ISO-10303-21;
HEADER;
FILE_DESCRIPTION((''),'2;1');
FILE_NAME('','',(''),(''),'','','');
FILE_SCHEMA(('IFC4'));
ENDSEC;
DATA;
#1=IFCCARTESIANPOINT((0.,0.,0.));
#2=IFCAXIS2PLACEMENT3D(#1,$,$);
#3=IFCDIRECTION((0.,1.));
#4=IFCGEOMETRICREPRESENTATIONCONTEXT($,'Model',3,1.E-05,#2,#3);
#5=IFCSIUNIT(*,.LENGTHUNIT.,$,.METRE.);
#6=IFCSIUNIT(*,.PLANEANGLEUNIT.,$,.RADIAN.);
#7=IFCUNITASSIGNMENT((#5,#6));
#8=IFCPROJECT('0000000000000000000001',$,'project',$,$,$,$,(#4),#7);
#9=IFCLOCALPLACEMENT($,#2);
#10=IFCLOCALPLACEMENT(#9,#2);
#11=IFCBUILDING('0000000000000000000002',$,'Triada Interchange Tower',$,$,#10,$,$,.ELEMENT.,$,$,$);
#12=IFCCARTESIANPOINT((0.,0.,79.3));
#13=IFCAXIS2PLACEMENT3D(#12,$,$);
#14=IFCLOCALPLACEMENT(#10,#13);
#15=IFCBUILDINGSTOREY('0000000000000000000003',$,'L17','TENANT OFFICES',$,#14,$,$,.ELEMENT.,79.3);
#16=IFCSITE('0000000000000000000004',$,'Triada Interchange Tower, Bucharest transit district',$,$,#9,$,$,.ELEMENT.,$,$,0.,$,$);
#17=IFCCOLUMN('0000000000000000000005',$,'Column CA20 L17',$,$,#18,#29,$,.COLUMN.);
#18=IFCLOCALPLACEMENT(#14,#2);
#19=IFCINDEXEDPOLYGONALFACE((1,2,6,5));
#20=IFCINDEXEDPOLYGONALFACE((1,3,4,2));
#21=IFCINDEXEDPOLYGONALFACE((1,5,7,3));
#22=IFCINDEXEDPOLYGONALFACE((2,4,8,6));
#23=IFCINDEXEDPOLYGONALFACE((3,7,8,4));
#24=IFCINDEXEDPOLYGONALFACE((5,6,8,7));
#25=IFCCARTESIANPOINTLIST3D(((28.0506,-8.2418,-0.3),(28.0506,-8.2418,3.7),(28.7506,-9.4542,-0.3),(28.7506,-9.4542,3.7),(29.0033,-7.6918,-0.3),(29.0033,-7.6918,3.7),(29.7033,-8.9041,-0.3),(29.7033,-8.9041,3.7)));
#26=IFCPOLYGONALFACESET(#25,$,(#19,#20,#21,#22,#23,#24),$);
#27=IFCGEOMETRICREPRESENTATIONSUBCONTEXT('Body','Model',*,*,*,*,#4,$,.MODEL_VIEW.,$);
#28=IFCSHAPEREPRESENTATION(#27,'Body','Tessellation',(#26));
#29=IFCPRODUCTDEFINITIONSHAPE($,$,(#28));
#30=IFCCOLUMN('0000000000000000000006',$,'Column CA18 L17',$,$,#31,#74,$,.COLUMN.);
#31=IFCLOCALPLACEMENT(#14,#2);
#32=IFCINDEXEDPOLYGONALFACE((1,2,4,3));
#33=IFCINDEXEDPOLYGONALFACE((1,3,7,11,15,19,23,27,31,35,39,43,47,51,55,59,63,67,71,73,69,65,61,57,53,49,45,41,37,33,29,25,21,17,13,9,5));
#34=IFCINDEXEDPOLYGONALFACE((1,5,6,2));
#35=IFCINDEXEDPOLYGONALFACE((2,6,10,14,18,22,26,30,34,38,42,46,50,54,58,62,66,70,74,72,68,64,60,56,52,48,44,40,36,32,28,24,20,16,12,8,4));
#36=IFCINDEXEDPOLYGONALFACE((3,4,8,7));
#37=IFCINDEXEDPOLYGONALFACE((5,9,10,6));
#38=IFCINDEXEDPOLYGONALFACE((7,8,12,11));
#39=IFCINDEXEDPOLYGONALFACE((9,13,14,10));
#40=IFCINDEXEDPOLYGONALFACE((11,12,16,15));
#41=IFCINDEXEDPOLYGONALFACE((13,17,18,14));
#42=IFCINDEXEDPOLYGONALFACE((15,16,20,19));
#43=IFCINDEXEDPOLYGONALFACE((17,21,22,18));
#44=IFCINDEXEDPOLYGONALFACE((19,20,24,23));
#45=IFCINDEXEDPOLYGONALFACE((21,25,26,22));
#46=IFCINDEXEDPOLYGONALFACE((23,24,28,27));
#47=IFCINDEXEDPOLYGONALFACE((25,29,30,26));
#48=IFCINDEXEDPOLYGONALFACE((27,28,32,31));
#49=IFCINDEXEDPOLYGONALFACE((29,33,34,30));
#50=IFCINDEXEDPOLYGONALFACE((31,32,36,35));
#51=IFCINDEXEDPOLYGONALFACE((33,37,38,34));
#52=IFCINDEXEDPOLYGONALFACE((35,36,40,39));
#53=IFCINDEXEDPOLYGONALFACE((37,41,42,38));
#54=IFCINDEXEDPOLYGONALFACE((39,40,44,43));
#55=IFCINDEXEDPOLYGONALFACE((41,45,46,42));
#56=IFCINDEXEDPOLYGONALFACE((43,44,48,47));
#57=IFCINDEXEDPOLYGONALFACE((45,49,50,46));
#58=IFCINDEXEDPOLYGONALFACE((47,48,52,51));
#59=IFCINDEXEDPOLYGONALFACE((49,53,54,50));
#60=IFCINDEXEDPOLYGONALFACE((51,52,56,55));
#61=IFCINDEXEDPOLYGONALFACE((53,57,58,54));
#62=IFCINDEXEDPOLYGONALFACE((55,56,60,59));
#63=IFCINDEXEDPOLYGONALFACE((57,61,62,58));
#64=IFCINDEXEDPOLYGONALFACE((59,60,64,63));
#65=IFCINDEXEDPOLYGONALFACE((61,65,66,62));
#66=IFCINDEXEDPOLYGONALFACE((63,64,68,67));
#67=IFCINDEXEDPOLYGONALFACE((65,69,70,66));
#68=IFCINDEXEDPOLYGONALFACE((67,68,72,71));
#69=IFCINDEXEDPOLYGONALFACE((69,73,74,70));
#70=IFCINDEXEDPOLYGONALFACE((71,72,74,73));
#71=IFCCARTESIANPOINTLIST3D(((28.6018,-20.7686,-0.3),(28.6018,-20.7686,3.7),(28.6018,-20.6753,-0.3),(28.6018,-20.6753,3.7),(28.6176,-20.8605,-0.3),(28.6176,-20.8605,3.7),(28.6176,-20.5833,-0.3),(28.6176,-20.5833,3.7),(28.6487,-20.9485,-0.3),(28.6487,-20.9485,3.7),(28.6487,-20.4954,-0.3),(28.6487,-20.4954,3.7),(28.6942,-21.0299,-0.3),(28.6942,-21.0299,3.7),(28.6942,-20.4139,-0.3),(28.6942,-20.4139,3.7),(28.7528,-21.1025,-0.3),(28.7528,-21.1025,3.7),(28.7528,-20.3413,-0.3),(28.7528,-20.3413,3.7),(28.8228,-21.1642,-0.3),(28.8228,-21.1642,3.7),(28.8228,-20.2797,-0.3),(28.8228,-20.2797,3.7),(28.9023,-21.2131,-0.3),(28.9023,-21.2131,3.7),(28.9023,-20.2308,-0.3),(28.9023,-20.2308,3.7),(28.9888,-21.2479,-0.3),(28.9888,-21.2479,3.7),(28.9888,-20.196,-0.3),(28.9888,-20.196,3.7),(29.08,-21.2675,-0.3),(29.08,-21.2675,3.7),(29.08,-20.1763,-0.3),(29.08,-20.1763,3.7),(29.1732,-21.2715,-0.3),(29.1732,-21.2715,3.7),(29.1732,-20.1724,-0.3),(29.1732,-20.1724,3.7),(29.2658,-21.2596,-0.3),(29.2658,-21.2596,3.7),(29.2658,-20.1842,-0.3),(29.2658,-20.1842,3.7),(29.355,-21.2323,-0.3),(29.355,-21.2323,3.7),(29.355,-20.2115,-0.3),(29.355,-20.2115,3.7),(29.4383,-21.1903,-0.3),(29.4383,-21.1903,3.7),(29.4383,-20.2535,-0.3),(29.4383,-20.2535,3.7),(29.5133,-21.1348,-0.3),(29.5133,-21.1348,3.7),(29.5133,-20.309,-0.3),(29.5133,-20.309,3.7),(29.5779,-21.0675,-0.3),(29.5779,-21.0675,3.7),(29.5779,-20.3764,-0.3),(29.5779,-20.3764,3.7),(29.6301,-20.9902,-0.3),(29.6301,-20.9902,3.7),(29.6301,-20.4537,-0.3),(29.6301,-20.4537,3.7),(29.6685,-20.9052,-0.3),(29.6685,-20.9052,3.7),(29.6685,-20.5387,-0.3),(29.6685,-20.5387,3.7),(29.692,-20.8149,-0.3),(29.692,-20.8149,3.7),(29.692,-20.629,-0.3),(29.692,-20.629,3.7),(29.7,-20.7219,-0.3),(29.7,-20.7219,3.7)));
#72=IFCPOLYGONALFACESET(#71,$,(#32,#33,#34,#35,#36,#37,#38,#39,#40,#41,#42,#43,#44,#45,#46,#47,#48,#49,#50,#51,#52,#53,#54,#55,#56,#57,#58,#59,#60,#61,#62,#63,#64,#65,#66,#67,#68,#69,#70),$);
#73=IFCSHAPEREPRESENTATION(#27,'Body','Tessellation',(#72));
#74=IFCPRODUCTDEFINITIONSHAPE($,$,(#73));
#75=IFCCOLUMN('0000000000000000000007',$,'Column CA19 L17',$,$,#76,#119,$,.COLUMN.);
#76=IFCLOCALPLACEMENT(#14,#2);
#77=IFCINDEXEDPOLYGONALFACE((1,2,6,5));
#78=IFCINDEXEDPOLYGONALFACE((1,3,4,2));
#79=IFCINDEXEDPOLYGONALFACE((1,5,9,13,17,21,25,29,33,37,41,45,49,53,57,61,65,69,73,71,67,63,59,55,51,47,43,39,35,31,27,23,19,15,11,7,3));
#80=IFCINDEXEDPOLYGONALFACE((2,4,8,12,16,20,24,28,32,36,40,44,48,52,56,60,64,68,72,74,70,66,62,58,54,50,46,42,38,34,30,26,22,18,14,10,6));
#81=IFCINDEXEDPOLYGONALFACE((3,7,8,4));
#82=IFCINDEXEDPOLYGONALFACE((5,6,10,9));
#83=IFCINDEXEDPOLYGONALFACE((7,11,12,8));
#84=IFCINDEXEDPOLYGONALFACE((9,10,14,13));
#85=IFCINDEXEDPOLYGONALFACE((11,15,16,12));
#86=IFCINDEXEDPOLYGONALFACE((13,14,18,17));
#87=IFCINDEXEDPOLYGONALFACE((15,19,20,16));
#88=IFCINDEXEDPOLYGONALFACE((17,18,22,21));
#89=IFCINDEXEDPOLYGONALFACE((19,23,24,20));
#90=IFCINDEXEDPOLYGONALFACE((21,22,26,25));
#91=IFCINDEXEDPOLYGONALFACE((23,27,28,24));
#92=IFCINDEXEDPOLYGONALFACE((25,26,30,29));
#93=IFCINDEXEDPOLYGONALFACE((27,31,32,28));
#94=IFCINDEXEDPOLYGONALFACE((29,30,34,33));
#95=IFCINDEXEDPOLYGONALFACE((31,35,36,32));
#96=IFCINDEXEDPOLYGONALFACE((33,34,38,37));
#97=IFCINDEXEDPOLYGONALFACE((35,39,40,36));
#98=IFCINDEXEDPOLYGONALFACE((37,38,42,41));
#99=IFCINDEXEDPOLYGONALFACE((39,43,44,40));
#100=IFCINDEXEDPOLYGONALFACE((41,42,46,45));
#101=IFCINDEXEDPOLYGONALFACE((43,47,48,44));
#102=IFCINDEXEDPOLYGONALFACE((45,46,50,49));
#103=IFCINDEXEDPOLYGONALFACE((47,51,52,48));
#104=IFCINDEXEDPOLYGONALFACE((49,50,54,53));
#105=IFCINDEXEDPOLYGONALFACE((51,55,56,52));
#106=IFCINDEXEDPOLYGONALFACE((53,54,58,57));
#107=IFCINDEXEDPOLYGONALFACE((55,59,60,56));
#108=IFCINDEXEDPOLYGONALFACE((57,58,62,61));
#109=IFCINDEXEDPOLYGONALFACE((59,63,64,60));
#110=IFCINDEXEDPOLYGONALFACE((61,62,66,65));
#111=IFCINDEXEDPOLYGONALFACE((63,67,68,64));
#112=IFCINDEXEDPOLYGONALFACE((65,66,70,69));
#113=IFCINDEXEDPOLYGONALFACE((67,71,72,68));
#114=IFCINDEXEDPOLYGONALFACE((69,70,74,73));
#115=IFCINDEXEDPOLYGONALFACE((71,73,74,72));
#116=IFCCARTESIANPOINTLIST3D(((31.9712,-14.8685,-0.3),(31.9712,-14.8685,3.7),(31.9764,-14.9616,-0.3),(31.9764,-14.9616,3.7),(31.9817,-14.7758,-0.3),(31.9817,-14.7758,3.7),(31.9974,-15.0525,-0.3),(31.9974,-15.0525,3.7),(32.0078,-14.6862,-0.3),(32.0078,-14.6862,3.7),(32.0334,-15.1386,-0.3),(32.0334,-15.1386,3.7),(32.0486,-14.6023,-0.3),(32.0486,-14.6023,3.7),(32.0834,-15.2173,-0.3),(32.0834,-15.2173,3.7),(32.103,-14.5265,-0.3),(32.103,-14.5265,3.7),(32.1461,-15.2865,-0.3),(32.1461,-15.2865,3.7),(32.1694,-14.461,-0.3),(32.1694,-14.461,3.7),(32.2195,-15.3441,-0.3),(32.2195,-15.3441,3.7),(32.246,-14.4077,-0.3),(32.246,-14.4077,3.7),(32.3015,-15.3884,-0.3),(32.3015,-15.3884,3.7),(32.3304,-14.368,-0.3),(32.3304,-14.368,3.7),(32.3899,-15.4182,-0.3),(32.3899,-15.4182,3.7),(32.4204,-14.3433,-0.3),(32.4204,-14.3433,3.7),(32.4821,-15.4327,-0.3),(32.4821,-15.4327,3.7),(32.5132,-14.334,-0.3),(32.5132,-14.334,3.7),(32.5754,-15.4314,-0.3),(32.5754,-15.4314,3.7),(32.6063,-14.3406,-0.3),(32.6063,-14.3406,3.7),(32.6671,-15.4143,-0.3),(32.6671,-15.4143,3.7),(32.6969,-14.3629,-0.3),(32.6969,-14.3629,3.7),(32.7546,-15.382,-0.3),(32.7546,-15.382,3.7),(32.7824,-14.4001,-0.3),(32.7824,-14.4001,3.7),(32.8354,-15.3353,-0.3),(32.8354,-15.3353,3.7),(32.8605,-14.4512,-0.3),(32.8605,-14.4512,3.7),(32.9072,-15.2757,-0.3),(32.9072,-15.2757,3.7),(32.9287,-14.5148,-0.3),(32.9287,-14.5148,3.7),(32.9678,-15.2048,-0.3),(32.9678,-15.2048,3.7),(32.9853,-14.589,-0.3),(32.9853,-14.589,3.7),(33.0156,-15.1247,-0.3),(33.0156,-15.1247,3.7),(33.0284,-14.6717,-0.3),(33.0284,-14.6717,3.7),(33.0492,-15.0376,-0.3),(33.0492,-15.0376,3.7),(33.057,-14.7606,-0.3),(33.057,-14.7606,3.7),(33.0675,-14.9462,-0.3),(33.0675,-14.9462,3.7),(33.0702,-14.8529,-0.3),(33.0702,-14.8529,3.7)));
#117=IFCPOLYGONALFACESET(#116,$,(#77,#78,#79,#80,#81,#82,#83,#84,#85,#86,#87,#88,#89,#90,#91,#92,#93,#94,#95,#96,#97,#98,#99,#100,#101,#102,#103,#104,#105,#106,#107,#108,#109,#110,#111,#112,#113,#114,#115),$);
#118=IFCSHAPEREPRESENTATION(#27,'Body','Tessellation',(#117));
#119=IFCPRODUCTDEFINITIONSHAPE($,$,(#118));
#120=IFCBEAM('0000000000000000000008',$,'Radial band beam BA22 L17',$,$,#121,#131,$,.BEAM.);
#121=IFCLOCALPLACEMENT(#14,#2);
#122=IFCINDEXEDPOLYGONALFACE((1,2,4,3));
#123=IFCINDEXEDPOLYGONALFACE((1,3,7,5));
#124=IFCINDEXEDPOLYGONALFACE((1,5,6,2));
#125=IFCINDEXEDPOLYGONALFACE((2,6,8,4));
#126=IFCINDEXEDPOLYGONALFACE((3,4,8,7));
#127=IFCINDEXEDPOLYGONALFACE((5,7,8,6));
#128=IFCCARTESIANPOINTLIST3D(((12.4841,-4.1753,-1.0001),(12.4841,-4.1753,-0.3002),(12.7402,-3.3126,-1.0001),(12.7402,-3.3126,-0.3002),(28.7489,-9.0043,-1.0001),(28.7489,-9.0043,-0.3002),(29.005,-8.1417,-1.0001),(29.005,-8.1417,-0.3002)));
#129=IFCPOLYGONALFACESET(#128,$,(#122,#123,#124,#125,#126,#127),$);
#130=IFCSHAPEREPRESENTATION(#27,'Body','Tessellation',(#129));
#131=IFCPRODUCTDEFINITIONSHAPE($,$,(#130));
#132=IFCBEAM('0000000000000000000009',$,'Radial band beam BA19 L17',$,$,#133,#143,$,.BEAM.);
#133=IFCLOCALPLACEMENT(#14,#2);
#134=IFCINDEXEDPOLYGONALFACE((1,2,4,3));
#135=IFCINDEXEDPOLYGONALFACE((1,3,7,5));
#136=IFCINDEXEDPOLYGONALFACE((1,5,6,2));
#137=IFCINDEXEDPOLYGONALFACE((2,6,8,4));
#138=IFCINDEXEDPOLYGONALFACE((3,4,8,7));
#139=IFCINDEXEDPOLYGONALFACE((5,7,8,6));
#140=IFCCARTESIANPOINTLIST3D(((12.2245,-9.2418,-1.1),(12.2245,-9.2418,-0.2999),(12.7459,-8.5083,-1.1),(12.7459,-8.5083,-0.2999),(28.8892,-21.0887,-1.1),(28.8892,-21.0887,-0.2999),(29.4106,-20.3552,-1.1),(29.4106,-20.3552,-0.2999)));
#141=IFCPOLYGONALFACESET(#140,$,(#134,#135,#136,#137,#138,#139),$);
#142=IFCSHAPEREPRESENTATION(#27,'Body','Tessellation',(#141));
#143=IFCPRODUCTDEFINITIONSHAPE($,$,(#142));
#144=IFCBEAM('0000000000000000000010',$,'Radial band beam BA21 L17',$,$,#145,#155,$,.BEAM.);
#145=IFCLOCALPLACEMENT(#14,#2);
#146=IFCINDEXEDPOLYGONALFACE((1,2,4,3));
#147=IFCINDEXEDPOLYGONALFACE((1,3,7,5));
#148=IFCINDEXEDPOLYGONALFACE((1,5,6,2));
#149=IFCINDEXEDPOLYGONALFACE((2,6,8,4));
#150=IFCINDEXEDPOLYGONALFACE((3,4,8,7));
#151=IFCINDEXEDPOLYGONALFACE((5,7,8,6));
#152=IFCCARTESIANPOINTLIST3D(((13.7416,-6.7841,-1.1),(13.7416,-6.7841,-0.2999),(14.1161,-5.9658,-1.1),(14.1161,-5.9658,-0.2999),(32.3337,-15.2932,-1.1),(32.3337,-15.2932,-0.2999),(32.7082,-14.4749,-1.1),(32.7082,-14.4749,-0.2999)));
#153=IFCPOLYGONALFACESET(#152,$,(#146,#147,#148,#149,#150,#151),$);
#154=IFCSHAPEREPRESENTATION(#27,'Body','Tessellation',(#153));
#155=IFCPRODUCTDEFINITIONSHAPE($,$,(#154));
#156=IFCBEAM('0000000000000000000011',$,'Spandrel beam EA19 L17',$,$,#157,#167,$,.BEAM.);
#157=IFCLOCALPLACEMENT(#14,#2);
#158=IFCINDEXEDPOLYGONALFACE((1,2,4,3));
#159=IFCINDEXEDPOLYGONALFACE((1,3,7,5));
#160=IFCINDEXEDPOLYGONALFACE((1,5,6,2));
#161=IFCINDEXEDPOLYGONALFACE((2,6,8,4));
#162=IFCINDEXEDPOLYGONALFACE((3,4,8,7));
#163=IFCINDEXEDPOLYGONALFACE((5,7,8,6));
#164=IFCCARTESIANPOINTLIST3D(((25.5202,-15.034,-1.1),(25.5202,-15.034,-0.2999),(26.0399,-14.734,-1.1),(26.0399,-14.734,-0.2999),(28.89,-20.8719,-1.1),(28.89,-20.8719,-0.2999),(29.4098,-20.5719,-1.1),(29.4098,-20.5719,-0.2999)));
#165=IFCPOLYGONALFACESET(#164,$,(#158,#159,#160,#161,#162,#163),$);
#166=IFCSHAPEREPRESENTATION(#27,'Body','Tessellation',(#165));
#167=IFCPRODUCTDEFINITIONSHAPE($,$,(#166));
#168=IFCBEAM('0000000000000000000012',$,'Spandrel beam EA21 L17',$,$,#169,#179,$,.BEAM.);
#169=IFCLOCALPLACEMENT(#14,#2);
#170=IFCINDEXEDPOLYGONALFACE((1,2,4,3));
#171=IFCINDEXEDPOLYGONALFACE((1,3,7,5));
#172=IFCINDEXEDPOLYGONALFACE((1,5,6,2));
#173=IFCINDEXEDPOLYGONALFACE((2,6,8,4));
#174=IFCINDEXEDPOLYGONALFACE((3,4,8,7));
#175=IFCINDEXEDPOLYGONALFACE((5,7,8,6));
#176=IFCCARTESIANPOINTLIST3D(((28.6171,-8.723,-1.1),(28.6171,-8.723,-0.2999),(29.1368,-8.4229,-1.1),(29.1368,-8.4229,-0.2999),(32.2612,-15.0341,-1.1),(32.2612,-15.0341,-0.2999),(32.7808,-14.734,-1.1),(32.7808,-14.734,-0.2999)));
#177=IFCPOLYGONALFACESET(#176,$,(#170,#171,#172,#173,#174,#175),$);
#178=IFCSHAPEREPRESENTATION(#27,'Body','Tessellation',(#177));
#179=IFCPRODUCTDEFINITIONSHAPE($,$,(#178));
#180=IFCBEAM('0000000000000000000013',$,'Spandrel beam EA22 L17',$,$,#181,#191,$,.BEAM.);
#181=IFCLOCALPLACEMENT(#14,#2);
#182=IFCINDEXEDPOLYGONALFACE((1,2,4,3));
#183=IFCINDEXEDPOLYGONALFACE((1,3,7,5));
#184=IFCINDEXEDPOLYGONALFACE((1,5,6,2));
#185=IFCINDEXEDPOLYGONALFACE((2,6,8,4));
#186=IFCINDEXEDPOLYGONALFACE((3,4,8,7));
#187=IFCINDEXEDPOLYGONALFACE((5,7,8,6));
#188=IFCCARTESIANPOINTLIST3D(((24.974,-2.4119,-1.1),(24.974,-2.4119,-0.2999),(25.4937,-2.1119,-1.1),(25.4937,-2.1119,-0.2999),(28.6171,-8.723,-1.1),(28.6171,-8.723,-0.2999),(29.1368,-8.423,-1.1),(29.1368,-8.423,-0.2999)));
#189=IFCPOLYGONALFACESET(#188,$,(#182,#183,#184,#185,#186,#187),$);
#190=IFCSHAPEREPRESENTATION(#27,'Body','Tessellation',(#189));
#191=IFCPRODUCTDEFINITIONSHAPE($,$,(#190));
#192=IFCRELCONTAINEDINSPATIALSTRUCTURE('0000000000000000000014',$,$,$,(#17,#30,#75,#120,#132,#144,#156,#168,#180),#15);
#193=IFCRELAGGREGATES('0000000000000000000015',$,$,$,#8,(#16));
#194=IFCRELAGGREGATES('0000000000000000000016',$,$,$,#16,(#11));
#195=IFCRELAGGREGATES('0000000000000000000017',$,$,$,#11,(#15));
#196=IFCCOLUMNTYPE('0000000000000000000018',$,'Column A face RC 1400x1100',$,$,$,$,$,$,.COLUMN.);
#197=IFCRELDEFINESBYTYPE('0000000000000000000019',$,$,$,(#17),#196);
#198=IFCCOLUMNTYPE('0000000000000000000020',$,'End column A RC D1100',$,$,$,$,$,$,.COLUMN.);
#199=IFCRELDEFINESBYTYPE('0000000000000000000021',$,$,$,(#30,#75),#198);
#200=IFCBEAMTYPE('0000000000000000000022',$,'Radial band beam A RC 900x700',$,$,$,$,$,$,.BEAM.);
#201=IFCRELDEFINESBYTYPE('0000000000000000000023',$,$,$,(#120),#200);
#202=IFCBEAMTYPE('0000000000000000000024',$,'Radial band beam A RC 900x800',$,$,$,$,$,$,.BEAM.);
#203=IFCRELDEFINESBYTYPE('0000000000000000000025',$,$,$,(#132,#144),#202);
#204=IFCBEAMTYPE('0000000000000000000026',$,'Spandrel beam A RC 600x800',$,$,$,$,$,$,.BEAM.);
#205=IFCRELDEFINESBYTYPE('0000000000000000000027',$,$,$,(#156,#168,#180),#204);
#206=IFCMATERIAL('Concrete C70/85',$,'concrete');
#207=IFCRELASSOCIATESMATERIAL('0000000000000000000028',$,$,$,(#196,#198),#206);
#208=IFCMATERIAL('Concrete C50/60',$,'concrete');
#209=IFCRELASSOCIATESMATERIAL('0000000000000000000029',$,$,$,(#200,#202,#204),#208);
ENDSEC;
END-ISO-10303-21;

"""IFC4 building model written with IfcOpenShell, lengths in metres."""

from ifc_helpers import new_model, si_unit, direction, frame, origin, origin_2d, place, context, subcontext, project, spatial, rectangle, circle, extrude, material, material_profile, profile_set, type_object, element, save


model = new_model("IFC4")

# Units and contexts
model_context = context("Model", 3, precision=1e-05, world=origin(), true_north=direction((0.0, 1.0)))
body_context = subcontext(model_context, "Body", "Model", "MODEL_VIEW")
ifc_project = project(units=[si_unit("LENGTHUNIT", "METRE"), si_unit("PLANEANGLEUNIT", "RADIAN")], contexts=[model_context])

# Site, building, storey
site_placement = place(None, origin())
site = spatial("IfcSite", under=ifc_project, at=site_placement, Name="Triada Interchange Tower, Bucharest transit district", CompositionType="ELEMENT", RefElevation=0.0)
building_placement = place(site_placement, origin())
building = spatial("IfcBuilding", under=site, at=building_placement, Name="Triada Interchange Tower", CompositionType="ELEMENT")
storey_placement = place(building_placement, frame((0.0, 0.0, 79.3)))
storey = spatial("IfcBuildingStorey", under=building, at=storey_placement, Name="L17", Description="TENANT OFFICES", CompositionType="ELEMENT", Elevation=79.3)

# Columns
ifc_material_1 = material(Name="Concrete C70/85", Category="concrete")
ifc_material_profile_1 = material_profile(ifc_material_1, rectangle(XDim=1.3999, YDim=1.1001, at=origin_2d()), Name="RC 1400x1100")
ifc_profile_set_1 = profile_set([ifc_material_profile_1], Name="Concrete C70/85")
column_type_1 = type_object("IfcColumnType", Name="Column A face RC 1400x1100", PredefinedType="COLUMN", material=ifc_profile_set_1)
column_placement = place(storey_placement, frame((28.877, -8.573, -0.3), z_axis=(0.0, 0.0, 1.0), x_axis=(-0.5, 0.866025, 0.0)))
element("IfcColumn", 1, at=column_placement, inside=storey, type_object=column_type_1, Name="Column CA20 L17", PredefinedType="COLUMN", context=body_context, shape_type="SweptSolid", body=[
    extrude(rectangle(XDim=1.3999, YDim=1.1001, at=origin_2d()), origin(), (0.0, 0.0, 1.0), 4.0),
])
ifc_material_profile_2 = material_profile(ifc_material_1, circle(Radius=0.55, at=origin_2d()), Name="RC D1100")
ifc_profile_set_2 = profile_set([ifc_material_profile_2], Name="Concrete C70/85")
column_type_2 = type_object("IfcColumnType", Name="End column A RC D1100", PredefinedType="COLUMN", material=ifc_profile_set_2)
for number, where, z_axis, x_axis, name in (
    (2, (29.1499, -20.7219, -0.3), (0.0, 0.0, 1.0), (1.0, 0.0, 0.0), "Column CA18 L17"),
    (3, (32.521, -14.884, -0.3), (0.0, 0.0, 1.0), (-0.5, 0.866025, 0.0), "Column CA19 L17"),
):
    element("IfcColumn", number, at=place(storey_placement, frame(where, z_axis=z_axis, x_axis=x_axis)), inside=storey, type_object=column_type_2, Name=name, PredefinedType="COLUMN", context=body_context, shape_type="SweptSolid", body=[
        extrude(circle(Radius=0.55, at=origin_2d()), origin(), (0.0, 0.0, 1.0), 4.0),
    ])

# Beams
ifc_material_2 = material(Name="Concrete C50/60", Category="concrete")
ifc_material_profile_3 = material_profile(ifc_material_2, rectangle(XDim=0.8999, YDim=0.7, at=origin_2d()), Name="RC 900x700")
ifc_profile_set_3 = profile_set([ifc_material_profile_3], Name="Concrete C50/60")
beam_type_1 = type_object("IfcBeamType", Name="Radial band beam A RC 900x700", PredefinedType="BEAM", material=ifc_profile_set_3)
beam_1_placement = place(storey_placement, frame((28.877, -8.573, -0.6501), z_axis=(-0.958639, 0.284623, 0.0), x_axis=(-0.284623, -0.958639, 0.0)))
element("IfcBeam", 4, at=beam_1_placement, inside=storey, type_object=beam_type_1, Name="Radial band beam BA22 L17", PredefinedType="BEAM", context=body_context, shape_type="SweptSolid", body=[
    extrude(rectangle(XDim=0.8999, YDim=0.7, at=origin_2d()), origin(), (0.0, 0.0, 1.0), 16.9666),
])
ifc_material_profile_4 = material_profile(ifc_material_2, rectangle(XDim=0.8999, YDim=0.8, at=origin_2d()), Name="RC 900x800")
ifc_profile_set_4 = profile_set([ifc_material_profile_4], Name="Concrete C50/60")
beam_type_2 = type_object("IfcBeamType", Name="Radial band beam A RC 900x800", PredefinedType="BEAM", material=ifc_profile_set_4)
beam_2_placement = place(storey_placement, frame((29.1499, -20.7219, -0.7), z_axis=(-0.815038, 0.579407, 0.0), x_axis=(-0.579407, -0.815038, 0.0)))
element("IfcBeam", 5, at=beam_2_placement, inside=storey, type_object=beam_type_2, Name="Radial band beam BA19 L17", PredefinedType="BEAM", context=body_context, shape_type="SweptSolid", body=[
    extrude(rectangle(XDim=0.8999, YDim=0.8, at=origin_2d()), origin(), (0.0, 0.0, 1.0), 20.4465),
])
beam_3_placement = place(storey_placement, frame((32.521, -14.884, -0.7), z_axis=(-0.909293, 0.416157, 0.0), x_axis=(-0.416157, -0.909293, 0.0)))
element("IfcBeam", 6, at=beam_3_placement, inside=storey, type_object=beam_type_2, Name="Radial band beam BA21 L17", PredefinedType="BEAM", context=body_context, shape_type="SweptSolid", body=[
    extrude(rectangle(XDim=0.8999, YDim=0.8, at=origin_2d()), origin(), (0.0, 0.0, 1.0), 20.4468),
])
ifc_material_profile_5 = material_profile(ifc_material_2, rectangle(XDim=0.6001, YDim=0.8, at=origin_2d()), Name="RC 600x800")
ifc_profile_set_5 = profile_set([ifc_material_profile_5], Name="Concrete C50/60")
beam_type_3 = type_object("IfcBeamType", Name="Spandrel beam A RC 600x800", PredefinedType="BEAM", material=ifc_profile_set_5)
beam_4_placement = place(storey_placement, frame((29.1499, -20.7219, -0.7), z_axis=(-0.499929, 0.866066, 0.0), x_axis=(-0.866066, -0.499929, 0.0)))
element("IfcBeam", 7, at=beam_4_placement, inside=storey, type_object=beam_type_3, Name="Spandrel beam EA19 L17", PredefinedType="BEAM", context=body_context, shape_type="SweptSolid", body=[
    extrude(rectangle(XDim=0.6001, YDim=0.8, at=origin_2d()), origin(), (0.0, 0.0, 1.0), 6.7407),
])
beam_5_placement = place(storey_placement, frame((32.521, -14.884, -0.7), z_axis=(-0.500038, 0.866004, 0.0), x_axis=(-0.866004, -0.500038, 0.0)))
element("IfcBeam", 8, at=beam_5_placement, inside=storey, type_object=beam_type_3, Name="Spandrel beam EA21 L17", PredefinedType="BEAM", context=body_context, shape_type="SweptSolid", body=[
    extrude(rectangle(XDim=0.6001, YDim=0.8, at=origin_2d()), origin(), (0.0, 0.0, 1.0), 7.2876),
])
beam_6_placement = place(storey_placement, frame((28.877, -8.573, -0.7), z_axis=(-0.499937, 0.866062, 0.0), x_axis=(-0.866062, -0.499937, 0.0)))
element("IfcBeam", 9, at=beam_6_placement, inside=storey, type_object=beam_type_3, Name="Spandrel beam EA22 L17", PredefinedType="BEAM", context=body_context, shape_type="SweptSolid", body=[
    extrude(rectangle(XDim=0.6001, YDim=0.8, at=origin_2d()), origin(), (0.0, 0.0, 1.0), 7.2871),
])

save(model, "model.ifc")
